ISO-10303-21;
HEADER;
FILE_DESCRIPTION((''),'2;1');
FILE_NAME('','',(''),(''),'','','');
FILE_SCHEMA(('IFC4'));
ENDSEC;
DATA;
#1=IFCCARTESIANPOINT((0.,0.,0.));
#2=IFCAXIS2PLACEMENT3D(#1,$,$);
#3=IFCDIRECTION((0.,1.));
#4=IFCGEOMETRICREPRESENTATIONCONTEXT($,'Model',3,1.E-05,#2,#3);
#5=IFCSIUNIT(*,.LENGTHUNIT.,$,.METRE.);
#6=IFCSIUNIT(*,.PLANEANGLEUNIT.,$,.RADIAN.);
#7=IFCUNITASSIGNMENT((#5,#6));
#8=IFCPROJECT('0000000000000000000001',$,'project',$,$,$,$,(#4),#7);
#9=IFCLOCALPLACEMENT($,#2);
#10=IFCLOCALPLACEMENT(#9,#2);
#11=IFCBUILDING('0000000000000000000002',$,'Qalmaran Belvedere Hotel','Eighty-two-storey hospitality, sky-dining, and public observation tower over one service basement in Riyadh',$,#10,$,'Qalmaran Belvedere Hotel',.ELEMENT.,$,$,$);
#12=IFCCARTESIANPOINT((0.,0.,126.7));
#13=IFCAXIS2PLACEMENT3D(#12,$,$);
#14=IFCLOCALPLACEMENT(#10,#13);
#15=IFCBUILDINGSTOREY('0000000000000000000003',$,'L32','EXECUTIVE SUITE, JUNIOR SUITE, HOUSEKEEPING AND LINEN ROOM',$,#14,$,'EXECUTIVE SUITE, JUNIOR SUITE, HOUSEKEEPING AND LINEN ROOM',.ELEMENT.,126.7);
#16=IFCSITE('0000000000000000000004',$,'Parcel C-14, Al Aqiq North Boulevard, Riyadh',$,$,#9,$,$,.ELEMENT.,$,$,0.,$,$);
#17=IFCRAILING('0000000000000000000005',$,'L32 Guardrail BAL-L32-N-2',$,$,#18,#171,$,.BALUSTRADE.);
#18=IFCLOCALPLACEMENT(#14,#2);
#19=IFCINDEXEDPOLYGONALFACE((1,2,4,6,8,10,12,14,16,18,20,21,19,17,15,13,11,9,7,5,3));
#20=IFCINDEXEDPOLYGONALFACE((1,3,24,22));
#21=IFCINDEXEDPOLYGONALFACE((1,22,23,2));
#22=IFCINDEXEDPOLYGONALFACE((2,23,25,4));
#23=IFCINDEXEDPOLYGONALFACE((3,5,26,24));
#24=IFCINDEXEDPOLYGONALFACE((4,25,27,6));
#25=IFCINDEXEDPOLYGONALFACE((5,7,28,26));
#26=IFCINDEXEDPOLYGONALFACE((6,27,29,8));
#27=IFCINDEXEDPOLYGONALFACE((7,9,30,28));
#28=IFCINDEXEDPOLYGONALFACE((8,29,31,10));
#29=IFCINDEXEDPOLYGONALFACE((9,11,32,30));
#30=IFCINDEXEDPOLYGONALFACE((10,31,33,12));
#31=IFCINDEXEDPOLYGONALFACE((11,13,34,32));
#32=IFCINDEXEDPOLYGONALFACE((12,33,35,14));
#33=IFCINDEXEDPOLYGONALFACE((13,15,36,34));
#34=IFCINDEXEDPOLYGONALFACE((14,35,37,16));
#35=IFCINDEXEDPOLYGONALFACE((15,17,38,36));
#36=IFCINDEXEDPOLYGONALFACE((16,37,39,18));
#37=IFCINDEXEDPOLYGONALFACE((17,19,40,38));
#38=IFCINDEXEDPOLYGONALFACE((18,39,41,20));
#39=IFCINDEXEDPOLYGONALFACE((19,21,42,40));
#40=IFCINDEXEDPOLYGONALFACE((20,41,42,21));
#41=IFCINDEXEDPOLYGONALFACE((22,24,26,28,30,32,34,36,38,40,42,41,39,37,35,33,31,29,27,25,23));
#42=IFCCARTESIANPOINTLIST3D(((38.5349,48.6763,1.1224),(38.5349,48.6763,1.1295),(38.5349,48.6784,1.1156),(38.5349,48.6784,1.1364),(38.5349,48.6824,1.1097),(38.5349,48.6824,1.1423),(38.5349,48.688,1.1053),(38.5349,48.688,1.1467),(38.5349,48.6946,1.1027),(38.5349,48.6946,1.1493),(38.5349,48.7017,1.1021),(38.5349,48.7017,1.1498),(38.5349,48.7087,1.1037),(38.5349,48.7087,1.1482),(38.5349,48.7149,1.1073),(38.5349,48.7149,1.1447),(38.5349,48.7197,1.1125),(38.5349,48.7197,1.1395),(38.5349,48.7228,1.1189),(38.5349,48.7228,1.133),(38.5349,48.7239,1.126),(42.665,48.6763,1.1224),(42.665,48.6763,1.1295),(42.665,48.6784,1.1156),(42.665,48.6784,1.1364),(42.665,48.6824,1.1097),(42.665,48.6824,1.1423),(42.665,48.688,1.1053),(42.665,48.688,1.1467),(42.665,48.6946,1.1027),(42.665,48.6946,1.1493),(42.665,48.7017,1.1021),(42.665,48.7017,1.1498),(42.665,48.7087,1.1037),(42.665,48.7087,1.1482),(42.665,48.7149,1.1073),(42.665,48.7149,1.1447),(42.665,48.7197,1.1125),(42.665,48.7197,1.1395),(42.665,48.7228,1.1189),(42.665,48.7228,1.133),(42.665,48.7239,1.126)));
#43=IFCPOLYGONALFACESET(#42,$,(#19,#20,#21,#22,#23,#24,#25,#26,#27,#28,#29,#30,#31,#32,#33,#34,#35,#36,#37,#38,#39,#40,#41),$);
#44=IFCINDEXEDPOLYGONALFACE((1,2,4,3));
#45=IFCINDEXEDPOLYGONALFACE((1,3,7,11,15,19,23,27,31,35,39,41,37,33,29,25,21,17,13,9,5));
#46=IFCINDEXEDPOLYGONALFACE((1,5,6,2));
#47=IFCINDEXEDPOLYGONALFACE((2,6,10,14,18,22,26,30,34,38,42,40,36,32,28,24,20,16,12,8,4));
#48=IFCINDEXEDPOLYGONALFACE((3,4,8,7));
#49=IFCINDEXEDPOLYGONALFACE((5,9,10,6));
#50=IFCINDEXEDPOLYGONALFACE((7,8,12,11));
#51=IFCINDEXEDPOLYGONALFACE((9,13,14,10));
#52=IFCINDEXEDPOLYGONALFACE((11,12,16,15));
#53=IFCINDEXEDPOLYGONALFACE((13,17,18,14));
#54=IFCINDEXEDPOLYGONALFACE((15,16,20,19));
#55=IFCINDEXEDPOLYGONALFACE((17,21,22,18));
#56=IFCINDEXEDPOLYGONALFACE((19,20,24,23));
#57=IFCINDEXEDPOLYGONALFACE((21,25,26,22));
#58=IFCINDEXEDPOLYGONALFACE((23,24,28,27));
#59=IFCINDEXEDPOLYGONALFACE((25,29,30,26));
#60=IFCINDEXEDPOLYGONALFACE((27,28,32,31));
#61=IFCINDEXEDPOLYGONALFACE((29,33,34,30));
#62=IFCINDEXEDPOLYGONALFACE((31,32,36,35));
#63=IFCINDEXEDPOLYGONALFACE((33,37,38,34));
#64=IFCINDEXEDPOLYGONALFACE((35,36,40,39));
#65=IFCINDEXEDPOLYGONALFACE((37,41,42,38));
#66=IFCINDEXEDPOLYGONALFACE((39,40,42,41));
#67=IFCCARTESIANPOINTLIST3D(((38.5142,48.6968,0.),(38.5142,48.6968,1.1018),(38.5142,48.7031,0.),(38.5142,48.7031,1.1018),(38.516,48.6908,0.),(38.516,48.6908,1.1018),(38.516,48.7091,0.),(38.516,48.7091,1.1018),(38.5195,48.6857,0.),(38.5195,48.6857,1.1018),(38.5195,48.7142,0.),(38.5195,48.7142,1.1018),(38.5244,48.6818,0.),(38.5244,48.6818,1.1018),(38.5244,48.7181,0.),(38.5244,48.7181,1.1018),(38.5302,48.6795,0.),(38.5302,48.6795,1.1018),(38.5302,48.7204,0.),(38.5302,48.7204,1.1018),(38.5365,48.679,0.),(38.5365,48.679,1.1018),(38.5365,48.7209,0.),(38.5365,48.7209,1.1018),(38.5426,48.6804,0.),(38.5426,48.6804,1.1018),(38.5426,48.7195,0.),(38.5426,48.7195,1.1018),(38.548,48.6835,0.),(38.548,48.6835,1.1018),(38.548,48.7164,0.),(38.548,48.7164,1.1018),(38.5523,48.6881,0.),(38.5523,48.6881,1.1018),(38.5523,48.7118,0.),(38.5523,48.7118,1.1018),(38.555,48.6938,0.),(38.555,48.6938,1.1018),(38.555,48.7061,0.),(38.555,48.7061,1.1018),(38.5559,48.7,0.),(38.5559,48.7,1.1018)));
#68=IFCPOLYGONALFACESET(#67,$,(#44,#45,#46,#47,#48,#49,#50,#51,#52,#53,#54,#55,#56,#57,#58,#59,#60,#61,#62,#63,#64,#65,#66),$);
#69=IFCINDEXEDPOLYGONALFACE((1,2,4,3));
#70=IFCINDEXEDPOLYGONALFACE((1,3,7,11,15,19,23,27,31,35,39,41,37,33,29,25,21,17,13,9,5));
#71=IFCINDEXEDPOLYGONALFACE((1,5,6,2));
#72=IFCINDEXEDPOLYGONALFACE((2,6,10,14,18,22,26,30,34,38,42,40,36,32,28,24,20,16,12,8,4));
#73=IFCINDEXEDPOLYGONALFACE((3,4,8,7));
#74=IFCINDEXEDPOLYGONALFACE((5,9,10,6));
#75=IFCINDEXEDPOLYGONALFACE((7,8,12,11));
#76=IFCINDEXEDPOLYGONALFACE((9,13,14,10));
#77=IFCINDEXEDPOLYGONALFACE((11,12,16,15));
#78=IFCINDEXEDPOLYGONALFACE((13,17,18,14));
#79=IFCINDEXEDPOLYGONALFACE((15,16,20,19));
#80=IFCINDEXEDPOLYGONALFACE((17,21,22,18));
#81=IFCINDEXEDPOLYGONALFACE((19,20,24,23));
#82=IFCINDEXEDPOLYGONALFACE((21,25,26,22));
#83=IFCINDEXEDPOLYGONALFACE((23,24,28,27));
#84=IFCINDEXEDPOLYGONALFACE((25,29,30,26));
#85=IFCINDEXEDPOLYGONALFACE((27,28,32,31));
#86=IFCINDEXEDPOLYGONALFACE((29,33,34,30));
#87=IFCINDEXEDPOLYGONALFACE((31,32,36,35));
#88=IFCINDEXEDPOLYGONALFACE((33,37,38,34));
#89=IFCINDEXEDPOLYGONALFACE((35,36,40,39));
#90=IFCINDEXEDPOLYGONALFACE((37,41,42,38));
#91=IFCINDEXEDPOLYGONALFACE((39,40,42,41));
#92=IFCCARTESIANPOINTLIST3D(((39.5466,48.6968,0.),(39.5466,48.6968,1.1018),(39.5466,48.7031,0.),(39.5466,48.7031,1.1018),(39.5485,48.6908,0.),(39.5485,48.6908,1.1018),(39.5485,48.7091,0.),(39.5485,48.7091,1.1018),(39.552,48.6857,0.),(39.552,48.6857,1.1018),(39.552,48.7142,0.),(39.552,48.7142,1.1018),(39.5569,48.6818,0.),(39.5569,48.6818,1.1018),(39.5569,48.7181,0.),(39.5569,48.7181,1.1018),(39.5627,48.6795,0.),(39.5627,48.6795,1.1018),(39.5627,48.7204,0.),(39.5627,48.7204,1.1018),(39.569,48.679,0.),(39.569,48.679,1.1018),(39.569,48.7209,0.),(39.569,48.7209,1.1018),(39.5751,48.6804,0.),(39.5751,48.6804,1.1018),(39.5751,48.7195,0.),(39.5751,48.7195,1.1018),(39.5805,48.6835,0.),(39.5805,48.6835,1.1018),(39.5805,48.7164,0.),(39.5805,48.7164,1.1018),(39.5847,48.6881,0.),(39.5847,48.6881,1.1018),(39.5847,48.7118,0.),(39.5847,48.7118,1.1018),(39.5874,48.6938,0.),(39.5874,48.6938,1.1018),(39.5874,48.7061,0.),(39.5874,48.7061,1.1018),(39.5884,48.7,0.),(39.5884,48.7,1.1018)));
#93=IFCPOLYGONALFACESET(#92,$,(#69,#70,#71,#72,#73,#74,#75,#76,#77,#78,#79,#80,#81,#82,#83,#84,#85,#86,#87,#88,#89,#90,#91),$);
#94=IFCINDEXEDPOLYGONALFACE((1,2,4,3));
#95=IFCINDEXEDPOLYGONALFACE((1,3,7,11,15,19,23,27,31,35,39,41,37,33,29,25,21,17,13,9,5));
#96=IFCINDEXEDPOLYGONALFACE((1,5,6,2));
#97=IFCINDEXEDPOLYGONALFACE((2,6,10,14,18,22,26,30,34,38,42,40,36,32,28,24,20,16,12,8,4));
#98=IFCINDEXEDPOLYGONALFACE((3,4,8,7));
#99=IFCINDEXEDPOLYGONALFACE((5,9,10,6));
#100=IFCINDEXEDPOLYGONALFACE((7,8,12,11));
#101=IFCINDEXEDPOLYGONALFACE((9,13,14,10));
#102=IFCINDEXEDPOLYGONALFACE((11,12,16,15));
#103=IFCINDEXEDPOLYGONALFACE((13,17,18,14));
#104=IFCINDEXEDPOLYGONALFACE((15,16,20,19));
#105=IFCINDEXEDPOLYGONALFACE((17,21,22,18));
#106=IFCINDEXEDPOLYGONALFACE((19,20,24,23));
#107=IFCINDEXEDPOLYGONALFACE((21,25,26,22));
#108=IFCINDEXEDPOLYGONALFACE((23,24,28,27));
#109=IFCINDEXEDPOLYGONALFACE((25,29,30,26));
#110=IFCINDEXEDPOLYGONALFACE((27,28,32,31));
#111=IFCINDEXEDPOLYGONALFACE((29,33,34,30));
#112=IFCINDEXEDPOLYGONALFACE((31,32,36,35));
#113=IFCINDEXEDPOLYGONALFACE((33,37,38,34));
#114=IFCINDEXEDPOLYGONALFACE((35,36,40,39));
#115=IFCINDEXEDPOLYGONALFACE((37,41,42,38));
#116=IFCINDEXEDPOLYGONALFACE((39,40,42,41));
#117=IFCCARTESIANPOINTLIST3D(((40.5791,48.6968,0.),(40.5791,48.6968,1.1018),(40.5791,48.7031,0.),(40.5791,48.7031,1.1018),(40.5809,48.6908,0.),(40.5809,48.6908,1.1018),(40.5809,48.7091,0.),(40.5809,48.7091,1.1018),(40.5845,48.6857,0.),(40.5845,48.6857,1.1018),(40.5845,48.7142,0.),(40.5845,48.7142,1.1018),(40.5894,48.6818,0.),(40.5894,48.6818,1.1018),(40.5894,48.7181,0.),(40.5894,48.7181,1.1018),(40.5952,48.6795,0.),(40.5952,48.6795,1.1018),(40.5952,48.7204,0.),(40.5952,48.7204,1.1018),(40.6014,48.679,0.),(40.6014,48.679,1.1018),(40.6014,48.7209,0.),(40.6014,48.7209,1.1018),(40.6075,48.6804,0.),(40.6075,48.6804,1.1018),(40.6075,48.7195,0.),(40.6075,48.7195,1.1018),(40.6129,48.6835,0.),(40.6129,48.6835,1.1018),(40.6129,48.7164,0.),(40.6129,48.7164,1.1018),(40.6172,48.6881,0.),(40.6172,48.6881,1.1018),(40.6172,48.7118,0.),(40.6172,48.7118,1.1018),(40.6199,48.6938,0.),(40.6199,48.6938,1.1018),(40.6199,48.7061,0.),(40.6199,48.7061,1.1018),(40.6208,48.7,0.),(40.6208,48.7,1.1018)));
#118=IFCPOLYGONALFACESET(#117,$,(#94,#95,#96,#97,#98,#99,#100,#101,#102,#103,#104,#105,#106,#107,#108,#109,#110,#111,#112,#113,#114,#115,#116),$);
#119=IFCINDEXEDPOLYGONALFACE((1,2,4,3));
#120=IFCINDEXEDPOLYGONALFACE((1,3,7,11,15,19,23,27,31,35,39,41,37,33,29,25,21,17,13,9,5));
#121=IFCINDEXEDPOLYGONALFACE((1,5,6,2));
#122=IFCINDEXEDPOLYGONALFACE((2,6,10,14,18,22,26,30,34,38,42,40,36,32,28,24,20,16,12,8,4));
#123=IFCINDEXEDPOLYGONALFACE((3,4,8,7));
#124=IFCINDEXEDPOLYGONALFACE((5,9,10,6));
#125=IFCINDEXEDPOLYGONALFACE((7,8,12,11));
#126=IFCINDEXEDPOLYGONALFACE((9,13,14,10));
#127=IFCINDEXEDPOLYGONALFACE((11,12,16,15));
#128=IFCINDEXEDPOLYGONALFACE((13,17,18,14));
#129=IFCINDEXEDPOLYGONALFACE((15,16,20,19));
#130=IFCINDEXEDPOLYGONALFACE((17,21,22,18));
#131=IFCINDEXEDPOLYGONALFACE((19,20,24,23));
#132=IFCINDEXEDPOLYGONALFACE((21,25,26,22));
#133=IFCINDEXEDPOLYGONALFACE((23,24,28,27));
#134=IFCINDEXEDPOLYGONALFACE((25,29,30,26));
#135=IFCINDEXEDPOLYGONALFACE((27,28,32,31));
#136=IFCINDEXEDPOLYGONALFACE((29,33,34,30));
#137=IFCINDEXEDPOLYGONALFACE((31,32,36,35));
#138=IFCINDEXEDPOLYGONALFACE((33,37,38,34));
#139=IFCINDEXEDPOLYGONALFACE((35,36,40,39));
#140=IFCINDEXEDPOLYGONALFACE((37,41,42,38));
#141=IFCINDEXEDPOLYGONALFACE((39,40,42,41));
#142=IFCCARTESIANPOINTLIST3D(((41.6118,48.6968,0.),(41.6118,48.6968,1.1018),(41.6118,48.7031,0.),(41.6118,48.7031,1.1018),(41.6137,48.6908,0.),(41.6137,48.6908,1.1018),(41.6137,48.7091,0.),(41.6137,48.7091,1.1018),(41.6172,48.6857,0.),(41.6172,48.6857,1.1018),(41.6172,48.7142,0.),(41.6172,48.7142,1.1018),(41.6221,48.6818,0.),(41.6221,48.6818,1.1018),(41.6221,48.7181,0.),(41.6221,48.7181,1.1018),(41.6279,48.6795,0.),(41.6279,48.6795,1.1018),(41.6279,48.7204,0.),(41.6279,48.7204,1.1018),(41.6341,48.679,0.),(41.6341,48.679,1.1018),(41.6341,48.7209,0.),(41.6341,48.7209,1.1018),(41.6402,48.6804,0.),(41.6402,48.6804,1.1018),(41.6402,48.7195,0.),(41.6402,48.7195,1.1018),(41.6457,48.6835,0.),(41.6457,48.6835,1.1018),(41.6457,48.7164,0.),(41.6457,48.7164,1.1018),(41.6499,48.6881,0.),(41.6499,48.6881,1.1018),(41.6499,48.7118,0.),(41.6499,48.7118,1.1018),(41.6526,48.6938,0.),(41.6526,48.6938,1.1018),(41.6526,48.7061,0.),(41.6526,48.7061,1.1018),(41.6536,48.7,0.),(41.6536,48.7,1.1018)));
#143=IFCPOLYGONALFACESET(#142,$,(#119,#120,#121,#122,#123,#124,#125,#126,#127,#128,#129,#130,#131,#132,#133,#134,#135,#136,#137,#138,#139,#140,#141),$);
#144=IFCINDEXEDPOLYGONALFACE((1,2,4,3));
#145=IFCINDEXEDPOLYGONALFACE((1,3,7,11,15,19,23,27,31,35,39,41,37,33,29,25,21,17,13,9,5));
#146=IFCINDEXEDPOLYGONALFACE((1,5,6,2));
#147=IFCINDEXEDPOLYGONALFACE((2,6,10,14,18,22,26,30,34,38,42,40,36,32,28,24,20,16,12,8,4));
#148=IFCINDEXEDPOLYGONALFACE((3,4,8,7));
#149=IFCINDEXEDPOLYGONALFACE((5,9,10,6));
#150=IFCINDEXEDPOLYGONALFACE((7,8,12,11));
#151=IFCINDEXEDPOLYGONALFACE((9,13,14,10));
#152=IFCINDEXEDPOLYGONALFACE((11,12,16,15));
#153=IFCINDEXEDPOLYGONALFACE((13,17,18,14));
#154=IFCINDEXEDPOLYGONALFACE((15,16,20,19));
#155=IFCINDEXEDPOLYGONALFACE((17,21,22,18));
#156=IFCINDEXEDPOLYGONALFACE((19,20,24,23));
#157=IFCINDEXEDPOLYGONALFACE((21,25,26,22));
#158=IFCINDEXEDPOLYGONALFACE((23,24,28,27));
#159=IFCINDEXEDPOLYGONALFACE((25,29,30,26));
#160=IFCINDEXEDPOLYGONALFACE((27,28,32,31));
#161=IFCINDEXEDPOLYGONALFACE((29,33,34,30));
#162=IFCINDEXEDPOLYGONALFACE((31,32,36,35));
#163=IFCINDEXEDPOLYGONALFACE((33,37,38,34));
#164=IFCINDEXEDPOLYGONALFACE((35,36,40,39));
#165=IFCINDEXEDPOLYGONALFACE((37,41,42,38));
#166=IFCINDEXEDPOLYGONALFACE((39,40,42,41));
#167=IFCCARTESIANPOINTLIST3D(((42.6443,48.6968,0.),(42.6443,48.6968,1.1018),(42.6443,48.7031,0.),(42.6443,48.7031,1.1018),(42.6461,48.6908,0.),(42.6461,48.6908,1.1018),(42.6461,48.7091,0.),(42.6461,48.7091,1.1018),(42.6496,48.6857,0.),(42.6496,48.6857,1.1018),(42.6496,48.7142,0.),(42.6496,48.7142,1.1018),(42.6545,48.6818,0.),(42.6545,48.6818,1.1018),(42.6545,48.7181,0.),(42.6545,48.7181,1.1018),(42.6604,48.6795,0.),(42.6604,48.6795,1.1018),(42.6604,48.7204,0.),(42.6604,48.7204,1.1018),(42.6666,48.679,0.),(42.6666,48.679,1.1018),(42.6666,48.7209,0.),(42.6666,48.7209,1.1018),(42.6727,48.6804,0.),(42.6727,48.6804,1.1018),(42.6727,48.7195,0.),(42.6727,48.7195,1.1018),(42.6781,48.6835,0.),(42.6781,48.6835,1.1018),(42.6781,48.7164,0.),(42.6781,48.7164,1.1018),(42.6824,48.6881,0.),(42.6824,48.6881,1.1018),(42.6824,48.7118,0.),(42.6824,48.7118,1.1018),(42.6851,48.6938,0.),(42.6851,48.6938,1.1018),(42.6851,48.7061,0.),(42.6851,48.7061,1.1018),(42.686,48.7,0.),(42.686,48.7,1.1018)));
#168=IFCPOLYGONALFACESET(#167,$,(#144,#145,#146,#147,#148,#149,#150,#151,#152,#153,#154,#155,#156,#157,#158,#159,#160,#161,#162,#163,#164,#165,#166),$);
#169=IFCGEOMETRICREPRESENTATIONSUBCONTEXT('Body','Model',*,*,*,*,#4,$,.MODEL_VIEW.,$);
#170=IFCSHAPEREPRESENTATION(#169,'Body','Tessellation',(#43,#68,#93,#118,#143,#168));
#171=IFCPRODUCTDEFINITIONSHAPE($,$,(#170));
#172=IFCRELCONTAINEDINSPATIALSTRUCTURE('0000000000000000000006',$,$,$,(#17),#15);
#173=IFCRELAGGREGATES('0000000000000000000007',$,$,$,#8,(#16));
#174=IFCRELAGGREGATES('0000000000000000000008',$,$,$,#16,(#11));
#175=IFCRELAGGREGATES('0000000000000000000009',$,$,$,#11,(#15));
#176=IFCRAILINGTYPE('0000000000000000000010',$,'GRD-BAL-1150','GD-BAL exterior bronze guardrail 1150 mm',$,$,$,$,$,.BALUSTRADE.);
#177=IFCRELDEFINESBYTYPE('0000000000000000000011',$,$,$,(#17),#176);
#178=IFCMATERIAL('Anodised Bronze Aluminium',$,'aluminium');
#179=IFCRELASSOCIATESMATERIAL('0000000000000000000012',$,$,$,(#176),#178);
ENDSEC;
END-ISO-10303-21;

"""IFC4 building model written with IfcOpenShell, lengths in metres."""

from ifc_helpers import new_model, si_unit, direction, frame, origin, origin_2d, place, context, subcontext, project, spatial, circle, extrude, material, type_object, element, save


model = new_model("IFC4")

# Units and contexts
model_context = context("Model", 3, precision=1e-05, world=origin(), true_north=direction((0.0, 1.0)))
body_context = subcontext(model_context, "Body", "Model", "MODEL_VIEW")
ifc_project = project(units=[si_unit("LENGTHUNIT", "METRE"), si_unit("PLANEANGLEUNIT", "RADIAN")], contexts=[model_context])

# Site, building, storey
site_placement = place(None, origin())
site = spatial("IfcSite", under=ifc_project, at=site_placement, Name="Parcel C-14, Al Aqiq North Boulevard, Riyadh", CompositionType="ELEMENT", RefElevation=0.0)
building_placement = place(site_placement, origin())
building = spatial("IfcBuilding", under=site, at=building_placement, Name="Qalmaran Belvedere Hotel", Description="Eighty-two-storey hospitality, sky-dining, and public observation tower over one service basement in Riyadh", LongName="Qalmaran Belvedere Hotel", CompositionType="ELEMENT")
storey_placement = place(building_placement, frame((0.0, 0.0, 126.7)))
storey = spatial("IfcBuildingStorey", under=building, at=storey_placement, Name="L32", Description="EXECUTIVE SUITE, JUNIOR SUITE, HOUSEKEEPING AND LINEN ROOM", LongName="EXECUTIVE SUITE, JUNIOR SUITE, HOUSEKEEPING AND LINEN ROOM", CompositionType="ELEMENT", Elevation=126.7)

# Shared definitions
ifc_material_1 = material(Name="Anodised Bronze Aluminium", Category="aluminium")

# Railing
railing_type = type_object("IfcRailingType", Name="GRD-BAL-1150", Description="GD-BAL exterior bronze guardrail 1150 mm", PredefinedType="BALUSTRADE", material=ifc_material_1)
railing_1_placement = place(storey_placement, frame((38.5349, 48.7, 0.0)))
element("IfcRailing", 1, at=railing_1_placement, inside=storey, type_object=railing_type, Name="L32 Guardrail BAL-L32-N-2", PredefinedType="BALUSTRADE", context=body_context, shape_type="SweptSolid", body=[
    extrude(circle(Radius=0.0239, at=origin_2d()), frame((0.0, 0.0, 1.126), z_axis=(1.0, 0.0, 0.0), x_axis=(0.0, 1.0, 0.0)), (0.0, 0.0, 1.0), 4.1301),
    extrude(circle(Radius=0.021, at=origin_2d()), origin(), (0.0, 0.0, 1.0), 1.1018),
    extrude(circle(Radius=0.021, at=origin_2d()), frame((1.0325, 0.0, 0.0)), (0.0, 0.0, 1.0), 1.1018),
    extrude(circle(Radius=0.021, at=origin_2d()), frame((2.0649, 0.0, 0.0)), (0.0, 0.0, 1.0), 1.1018),
    extrude(circle(Radius=0.021, at=origin_2d()), frame((3.0977, 0.0, 0.0)), (0.0, 0.0, 1.0), 1.1018),
    extrude(circle(Radius=0.021, at=origin_2d()), frame((4.1301, 0.0, 0.0)), (0.0, 0.0, 1.0), 1.1018),
])

save(model, "model.ifc")
